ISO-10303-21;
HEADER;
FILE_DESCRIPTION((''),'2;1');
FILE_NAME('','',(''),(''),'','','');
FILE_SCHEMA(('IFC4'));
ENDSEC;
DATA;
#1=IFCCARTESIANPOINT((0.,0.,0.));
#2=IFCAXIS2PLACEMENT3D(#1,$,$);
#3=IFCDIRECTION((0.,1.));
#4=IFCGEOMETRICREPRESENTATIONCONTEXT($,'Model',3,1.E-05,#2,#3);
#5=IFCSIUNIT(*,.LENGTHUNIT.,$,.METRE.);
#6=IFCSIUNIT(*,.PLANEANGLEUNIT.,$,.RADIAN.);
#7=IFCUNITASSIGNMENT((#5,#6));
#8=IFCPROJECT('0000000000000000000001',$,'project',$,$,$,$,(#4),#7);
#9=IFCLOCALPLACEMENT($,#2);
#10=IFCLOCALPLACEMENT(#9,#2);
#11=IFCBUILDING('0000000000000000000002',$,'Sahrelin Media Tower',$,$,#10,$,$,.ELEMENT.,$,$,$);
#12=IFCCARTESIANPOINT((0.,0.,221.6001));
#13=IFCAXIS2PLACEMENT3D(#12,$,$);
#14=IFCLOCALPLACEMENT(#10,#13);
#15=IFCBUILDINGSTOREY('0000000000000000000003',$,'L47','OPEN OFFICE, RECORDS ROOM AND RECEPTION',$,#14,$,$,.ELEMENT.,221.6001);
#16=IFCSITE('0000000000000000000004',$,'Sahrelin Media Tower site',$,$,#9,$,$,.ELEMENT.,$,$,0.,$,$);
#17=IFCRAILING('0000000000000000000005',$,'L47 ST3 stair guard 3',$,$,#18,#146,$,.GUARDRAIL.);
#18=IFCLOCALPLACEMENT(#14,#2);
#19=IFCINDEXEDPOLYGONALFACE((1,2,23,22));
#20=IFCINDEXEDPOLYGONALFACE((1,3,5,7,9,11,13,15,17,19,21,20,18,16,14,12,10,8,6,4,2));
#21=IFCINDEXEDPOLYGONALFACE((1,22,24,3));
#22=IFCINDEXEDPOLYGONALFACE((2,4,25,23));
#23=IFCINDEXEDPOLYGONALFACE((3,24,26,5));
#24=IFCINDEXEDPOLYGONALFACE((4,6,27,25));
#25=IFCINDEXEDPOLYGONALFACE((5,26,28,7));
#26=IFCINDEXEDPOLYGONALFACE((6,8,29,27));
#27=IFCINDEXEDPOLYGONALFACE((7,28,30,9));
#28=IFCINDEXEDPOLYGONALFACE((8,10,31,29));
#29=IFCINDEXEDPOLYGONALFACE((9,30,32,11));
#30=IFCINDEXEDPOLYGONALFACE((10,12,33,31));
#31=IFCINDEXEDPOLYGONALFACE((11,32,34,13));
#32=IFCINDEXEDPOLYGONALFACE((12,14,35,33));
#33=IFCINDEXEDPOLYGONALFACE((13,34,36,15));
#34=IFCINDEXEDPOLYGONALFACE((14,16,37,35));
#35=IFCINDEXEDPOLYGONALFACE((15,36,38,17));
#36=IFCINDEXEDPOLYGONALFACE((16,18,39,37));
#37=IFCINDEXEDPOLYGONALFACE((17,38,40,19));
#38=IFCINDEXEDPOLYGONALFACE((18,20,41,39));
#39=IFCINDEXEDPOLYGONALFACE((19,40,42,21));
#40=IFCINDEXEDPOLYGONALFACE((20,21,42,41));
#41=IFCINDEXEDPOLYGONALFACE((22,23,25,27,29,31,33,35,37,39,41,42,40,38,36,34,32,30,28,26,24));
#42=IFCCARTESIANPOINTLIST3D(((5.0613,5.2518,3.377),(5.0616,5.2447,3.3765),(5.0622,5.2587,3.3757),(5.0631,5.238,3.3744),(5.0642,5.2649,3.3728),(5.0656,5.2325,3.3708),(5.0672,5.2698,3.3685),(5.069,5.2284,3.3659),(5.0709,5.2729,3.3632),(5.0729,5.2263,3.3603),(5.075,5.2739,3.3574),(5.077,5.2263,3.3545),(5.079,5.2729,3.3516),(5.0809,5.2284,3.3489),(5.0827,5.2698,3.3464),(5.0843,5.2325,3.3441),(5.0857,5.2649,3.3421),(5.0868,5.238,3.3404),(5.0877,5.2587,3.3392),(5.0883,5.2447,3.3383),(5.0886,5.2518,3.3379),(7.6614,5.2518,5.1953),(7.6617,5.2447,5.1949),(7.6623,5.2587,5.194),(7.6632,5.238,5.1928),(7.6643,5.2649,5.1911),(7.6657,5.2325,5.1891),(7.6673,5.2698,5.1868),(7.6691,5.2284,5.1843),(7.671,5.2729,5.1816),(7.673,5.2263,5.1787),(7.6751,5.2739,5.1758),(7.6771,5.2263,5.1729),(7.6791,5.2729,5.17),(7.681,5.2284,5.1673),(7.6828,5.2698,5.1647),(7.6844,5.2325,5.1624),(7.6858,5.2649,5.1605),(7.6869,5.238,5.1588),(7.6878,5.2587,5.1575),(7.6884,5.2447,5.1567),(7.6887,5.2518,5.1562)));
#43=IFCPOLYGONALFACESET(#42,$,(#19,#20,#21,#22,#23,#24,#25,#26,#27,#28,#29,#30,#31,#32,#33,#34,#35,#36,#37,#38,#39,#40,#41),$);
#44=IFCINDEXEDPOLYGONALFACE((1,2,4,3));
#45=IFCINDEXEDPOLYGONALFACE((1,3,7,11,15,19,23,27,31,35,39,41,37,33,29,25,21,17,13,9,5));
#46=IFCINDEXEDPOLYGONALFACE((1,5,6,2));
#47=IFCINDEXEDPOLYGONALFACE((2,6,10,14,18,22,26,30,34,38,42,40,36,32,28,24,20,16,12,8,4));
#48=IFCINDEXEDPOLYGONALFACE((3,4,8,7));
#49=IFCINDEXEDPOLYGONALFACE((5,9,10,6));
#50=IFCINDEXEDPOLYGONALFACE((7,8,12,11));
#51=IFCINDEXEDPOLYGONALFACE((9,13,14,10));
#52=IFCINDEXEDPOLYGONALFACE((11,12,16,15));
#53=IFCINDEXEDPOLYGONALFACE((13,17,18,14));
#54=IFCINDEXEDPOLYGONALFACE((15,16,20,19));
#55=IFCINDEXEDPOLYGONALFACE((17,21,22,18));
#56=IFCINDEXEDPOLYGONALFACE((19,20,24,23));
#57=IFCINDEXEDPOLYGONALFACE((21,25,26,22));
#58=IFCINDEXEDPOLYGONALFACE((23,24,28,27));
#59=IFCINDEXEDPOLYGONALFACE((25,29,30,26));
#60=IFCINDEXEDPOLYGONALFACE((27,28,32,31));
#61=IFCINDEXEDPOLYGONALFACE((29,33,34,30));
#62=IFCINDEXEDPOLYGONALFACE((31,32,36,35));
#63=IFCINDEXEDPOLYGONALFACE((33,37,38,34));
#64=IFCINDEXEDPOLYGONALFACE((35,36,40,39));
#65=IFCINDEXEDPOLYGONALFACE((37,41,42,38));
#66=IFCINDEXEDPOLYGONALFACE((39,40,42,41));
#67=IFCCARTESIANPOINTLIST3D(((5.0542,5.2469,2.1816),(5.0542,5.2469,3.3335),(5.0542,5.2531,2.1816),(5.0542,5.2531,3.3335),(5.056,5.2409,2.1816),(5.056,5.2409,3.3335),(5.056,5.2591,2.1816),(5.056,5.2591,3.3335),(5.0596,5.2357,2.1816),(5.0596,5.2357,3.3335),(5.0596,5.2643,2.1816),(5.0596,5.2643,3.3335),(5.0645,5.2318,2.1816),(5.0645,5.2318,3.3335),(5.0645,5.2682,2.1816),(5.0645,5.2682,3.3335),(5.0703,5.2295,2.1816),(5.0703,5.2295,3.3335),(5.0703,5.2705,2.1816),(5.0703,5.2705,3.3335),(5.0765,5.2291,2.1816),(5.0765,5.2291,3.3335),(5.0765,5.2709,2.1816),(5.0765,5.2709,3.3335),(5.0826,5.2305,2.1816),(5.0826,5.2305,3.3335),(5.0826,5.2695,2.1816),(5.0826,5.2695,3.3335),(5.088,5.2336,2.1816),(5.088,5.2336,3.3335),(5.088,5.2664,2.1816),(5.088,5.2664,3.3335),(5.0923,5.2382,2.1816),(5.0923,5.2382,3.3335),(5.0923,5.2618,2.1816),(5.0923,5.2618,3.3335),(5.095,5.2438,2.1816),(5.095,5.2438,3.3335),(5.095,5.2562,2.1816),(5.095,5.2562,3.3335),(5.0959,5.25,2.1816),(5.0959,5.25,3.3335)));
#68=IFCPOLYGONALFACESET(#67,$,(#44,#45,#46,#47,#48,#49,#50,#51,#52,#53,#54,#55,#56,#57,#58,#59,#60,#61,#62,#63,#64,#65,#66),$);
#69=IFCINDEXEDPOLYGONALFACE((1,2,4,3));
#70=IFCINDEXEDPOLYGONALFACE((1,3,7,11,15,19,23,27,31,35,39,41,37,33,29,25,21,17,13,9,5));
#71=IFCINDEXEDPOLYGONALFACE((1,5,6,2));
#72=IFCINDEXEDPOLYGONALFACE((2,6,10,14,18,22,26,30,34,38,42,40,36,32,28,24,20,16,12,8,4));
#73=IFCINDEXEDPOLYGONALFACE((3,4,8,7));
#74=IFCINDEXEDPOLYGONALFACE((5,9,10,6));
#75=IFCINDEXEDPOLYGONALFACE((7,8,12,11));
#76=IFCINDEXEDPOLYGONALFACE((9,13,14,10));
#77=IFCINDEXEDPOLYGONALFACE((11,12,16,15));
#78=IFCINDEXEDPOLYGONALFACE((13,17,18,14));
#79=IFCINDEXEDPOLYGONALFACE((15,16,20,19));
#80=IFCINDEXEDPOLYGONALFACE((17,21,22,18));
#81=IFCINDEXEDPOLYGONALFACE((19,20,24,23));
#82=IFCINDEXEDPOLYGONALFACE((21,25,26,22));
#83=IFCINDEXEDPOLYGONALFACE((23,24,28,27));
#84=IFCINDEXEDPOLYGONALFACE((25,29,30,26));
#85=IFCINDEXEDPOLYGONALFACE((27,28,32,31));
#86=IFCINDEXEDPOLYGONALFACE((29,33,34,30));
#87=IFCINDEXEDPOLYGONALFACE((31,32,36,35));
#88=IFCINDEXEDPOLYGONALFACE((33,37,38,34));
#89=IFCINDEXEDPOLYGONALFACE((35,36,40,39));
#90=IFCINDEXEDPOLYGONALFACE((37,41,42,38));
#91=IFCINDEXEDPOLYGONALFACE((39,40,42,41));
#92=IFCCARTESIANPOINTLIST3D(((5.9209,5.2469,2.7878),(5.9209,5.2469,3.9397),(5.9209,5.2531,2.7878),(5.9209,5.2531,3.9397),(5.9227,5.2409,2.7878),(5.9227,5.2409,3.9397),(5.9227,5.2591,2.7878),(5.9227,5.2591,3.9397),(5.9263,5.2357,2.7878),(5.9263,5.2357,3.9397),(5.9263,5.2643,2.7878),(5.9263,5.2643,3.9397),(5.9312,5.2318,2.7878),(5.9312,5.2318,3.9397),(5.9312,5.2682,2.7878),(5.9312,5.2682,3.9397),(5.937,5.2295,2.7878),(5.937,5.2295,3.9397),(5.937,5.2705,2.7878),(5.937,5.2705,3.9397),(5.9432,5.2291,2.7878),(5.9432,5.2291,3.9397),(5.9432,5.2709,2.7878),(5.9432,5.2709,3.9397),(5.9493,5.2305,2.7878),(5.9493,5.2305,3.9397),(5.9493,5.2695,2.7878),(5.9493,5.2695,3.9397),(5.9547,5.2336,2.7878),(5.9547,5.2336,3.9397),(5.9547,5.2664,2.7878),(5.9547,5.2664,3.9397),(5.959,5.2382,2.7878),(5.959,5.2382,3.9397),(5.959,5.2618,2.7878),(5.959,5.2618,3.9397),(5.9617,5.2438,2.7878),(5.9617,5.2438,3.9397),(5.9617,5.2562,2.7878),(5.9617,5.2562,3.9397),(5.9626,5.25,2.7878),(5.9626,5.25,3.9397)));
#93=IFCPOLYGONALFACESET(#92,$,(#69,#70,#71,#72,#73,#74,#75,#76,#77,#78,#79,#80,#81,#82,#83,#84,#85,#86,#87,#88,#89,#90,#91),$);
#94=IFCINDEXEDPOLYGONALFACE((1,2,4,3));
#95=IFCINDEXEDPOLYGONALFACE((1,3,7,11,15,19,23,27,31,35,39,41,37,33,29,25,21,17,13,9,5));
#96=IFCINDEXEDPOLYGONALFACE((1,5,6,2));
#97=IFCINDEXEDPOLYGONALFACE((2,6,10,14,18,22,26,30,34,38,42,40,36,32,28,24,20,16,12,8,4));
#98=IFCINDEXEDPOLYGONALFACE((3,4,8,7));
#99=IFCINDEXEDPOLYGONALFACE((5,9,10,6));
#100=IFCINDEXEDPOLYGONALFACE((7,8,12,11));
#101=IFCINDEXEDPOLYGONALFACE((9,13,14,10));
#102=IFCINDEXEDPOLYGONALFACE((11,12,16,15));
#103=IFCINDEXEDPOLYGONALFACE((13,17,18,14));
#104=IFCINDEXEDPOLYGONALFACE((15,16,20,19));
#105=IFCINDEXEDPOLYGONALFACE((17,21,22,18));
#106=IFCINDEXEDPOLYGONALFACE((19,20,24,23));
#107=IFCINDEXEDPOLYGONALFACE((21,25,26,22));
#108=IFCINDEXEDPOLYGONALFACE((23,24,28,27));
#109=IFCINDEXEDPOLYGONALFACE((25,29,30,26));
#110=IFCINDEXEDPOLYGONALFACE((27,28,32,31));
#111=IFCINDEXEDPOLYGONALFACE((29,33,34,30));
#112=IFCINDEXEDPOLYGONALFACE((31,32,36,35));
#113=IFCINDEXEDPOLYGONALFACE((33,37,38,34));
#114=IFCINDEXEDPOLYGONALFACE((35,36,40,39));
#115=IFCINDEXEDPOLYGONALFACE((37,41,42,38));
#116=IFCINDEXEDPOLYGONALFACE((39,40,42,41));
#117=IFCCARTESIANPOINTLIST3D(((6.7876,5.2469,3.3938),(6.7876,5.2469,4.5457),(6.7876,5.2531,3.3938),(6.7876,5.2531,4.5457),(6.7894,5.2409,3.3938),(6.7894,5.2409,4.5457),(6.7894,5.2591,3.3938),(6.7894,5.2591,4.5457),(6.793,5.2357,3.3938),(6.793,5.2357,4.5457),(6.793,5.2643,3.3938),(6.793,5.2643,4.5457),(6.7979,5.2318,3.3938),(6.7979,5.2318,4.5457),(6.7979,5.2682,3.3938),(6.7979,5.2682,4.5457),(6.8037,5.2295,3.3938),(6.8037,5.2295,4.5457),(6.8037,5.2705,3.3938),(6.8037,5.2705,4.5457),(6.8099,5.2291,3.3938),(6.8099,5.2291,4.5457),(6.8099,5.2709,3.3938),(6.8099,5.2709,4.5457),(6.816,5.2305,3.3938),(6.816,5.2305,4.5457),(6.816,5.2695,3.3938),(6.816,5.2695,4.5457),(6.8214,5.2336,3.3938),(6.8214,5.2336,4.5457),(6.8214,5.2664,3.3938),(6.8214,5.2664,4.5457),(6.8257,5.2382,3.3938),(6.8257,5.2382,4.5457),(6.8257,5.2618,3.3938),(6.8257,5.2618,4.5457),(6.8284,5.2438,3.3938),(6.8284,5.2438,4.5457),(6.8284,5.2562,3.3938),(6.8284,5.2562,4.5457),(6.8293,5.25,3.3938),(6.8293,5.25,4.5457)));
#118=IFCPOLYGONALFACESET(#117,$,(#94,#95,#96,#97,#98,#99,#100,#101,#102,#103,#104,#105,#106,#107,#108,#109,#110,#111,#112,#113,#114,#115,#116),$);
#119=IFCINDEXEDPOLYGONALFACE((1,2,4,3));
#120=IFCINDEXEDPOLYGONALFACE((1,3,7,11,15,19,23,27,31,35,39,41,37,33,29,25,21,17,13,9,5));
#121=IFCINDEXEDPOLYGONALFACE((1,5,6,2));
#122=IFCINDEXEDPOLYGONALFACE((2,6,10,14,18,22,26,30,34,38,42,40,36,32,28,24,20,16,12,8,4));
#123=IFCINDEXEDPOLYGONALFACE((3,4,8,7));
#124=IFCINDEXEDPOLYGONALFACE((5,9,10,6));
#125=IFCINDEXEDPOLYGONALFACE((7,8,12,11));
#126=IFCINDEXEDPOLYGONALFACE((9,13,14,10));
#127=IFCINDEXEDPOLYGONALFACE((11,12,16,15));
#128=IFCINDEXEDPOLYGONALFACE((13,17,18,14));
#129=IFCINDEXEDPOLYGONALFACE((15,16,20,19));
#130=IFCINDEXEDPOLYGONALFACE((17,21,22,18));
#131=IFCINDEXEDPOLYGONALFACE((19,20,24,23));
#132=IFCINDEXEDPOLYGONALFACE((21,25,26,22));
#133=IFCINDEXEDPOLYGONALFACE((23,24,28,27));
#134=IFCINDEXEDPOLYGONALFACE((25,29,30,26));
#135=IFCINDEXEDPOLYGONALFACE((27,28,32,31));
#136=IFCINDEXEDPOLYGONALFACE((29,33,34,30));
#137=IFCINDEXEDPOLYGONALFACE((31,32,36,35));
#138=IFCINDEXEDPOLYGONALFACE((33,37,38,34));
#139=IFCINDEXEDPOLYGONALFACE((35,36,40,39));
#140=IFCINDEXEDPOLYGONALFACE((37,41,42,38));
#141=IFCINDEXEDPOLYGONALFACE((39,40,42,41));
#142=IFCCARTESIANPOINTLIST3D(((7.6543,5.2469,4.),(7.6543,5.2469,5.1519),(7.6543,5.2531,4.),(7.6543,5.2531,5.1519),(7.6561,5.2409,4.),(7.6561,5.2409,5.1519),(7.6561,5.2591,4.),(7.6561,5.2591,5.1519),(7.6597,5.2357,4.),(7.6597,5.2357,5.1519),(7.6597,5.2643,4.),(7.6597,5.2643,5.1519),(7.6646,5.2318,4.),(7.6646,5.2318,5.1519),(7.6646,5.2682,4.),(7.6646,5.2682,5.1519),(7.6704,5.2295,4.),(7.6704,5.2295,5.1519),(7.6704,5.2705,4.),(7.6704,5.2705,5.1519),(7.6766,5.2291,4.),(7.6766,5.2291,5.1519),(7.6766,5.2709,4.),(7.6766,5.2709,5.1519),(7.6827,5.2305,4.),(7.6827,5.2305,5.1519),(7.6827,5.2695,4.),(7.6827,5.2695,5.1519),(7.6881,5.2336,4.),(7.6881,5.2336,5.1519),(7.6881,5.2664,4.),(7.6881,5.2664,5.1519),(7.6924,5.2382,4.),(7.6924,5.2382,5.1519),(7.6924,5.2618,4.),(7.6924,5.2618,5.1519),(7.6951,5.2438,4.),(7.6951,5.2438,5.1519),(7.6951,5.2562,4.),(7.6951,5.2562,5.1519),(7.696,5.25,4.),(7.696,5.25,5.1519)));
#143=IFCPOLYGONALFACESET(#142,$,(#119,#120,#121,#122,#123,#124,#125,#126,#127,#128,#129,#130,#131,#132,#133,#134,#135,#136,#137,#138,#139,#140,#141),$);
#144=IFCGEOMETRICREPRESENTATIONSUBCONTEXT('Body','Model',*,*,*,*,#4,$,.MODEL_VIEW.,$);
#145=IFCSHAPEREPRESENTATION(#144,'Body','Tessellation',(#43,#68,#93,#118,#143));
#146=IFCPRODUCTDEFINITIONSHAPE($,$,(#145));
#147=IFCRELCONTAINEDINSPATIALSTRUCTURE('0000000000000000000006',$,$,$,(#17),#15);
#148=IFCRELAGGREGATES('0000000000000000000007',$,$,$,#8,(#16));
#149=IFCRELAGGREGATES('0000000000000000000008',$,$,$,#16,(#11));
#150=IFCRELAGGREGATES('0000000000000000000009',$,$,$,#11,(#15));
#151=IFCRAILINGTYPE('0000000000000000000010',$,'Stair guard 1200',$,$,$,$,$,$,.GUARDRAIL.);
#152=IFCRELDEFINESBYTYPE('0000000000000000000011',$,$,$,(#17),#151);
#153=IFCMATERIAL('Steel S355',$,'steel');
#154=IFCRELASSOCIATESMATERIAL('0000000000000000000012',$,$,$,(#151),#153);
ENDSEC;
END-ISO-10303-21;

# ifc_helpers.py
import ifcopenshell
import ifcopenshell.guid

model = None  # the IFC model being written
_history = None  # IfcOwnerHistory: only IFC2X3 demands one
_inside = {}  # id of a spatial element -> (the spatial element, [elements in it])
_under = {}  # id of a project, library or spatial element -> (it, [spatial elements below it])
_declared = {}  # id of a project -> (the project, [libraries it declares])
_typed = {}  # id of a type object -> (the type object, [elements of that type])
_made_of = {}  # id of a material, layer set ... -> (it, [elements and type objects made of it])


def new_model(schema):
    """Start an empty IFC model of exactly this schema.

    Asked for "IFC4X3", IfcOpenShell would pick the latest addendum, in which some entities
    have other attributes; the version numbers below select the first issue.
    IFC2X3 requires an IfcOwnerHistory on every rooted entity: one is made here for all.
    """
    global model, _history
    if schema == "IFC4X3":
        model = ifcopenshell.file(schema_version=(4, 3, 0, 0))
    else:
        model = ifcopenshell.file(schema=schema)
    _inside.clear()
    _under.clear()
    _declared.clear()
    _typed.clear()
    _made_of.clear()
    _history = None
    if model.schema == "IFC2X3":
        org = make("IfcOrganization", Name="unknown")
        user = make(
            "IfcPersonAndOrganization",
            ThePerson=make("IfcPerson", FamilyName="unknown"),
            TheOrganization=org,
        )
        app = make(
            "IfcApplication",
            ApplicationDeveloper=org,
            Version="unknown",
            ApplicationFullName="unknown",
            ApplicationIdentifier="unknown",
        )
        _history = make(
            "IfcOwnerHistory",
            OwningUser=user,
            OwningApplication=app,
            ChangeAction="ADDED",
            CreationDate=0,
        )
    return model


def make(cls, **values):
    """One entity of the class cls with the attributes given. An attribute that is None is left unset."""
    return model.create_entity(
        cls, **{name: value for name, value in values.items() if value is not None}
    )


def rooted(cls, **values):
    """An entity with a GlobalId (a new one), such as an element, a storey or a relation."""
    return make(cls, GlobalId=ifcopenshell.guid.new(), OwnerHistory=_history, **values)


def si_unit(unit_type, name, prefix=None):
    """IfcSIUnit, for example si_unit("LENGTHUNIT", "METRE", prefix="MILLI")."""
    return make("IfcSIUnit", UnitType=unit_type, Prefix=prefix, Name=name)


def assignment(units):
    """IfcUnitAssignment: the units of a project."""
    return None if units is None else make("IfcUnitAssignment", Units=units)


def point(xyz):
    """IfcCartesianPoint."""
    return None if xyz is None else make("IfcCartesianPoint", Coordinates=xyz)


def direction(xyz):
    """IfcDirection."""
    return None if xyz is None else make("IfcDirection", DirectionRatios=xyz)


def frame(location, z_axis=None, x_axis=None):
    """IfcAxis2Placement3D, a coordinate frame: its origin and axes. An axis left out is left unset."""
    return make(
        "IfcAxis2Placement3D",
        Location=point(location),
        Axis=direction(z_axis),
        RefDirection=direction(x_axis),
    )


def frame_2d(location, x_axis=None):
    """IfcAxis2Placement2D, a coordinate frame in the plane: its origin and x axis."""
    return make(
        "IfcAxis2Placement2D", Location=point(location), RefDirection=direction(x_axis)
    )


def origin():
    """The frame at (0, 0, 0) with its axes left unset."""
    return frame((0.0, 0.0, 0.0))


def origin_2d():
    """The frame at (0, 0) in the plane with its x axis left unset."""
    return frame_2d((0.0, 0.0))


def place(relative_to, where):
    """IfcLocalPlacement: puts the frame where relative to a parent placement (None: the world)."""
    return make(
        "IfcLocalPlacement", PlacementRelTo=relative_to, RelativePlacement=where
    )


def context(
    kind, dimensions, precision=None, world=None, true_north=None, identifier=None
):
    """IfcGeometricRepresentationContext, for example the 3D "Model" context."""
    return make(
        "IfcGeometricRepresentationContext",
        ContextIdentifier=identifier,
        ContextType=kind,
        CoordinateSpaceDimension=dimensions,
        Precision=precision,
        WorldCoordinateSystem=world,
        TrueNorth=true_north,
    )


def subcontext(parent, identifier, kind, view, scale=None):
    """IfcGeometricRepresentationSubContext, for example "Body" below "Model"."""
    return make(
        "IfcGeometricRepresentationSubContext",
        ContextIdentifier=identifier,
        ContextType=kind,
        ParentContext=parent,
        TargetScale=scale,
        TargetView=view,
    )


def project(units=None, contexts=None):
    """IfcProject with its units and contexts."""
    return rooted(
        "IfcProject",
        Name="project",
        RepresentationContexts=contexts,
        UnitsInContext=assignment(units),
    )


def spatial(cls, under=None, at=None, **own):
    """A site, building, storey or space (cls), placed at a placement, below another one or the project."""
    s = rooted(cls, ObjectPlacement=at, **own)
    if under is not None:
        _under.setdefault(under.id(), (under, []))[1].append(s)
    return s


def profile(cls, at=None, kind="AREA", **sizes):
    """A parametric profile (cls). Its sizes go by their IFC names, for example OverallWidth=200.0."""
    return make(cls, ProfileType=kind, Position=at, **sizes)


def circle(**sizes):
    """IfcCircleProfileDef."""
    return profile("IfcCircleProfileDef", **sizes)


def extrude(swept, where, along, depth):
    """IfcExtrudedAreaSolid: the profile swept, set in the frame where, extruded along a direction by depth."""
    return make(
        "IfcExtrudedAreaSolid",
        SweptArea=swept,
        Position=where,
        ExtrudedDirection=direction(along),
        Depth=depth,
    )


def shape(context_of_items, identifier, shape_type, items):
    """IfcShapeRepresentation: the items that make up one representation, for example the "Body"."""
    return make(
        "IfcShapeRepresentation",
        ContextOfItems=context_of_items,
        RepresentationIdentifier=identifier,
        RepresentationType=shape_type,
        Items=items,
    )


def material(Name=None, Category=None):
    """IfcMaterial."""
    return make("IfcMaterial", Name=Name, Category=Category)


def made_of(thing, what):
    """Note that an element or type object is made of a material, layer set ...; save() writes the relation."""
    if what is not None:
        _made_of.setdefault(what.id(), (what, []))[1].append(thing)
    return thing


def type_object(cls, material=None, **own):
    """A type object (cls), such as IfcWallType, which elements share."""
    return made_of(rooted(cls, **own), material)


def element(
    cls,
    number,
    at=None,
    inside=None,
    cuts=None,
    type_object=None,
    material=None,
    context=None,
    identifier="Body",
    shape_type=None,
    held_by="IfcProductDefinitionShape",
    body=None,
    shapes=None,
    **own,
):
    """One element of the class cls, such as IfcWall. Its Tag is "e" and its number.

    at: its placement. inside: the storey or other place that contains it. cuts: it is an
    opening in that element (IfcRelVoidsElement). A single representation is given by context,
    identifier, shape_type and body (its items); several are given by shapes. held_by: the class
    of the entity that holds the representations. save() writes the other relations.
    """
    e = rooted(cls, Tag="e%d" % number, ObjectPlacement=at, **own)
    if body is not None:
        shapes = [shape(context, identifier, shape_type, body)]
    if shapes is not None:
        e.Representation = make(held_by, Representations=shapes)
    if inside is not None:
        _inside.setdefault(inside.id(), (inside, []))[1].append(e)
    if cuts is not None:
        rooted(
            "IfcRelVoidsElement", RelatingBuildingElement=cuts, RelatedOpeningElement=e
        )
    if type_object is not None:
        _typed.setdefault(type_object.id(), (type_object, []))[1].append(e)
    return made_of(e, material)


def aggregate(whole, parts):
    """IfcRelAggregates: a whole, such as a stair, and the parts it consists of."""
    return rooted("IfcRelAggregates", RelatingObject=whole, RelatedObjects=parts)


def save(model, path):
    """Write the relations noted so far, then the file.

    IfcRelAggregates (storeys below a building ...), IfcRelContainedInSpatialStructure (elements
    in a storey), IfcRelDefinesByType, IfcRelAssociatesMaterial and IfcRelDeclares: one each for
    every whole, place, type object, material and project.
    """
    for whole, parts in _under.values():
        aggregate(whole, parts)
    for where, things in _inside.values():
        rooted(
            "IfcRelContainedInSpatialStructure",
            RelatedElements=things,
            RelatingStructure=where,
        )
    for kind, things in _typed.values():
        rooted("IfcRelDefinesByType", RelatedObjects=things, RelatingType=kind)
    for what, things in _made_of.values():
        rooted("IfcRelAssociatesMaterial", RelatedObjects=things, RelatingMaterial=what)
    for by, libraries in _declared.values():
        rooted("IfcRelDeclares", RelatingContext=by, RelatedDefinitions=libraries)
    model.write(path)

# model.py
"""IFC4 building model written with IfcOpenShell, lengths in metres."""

from ifc_helpers import new_model, si_unit, direction, frame, origin, origin_2d, place, context, subcontext, project, spatial, circle, extrude, material, type_object, element, save


model = new_model("IFC4")

# Units and contexts
model_context = context("Model", 3, precision=1e-05, world=origin(), true_north=direction((0.0, 1.0)))
body_context = subcontext(model_context, "Body", "Model", "MODEL_VIEW")
ifc_project = project(units=[si_unit("LENGTHUNIT", "METRE"), si_unit("PLANEANGLEUNIT", "RADIAN")], contexts=[model_context])

# Site, building, storey
site_placement = place(None, origin())
site = spatial("IfcSite", under=ifc_project, at=site_placement, Name="Sahrelin Media Tower site", CompositionType="ELEMENT", RefElevation=0.0)
building_placement = place(site_placement, origin())
building = spatial("IfcBuilding", under=site, at=building_placement, Name="Sahrelin Media Tower", CompositionType="ELEMENT")
storey_placement = place(building_placement, frame((0.0, 0.0, 221.6001)))
storey = spatial("IfcBuildingStorey", under=building, at=storey_placement, Name="L47", Description="OPEN OFFICE, RECORDS ROOM AND RECEPTION", CompositionType="ELEMENT", Elevation=221.6001)

# Shared definitions
ifc_material_1 = material(Name="Steel S355", Category="steel")

# Railing
railing_type_1 = type_object("IfcRailingType", Name="Stair guard 1200", PredefinedType="GUARDRAIL", material=ifc_material_1)
railing_1_placement = place(storey_placement, frame((5.075, 5.25, 2.1816)))
element("IfcRailing", 1, at=railing_1_placement, inside=storey, type_object=railing_type_1, Name="L47 ST3 stair guard 3", PredefinedType="GUARDRAIL", context=body_context, shape_type="SweptSolid", body=[
    extrude(circle(Radius=0.0239, at=origin_2d()), frame((0.0, 0.0, 1.1758), z_axis=(0.819485, 0.0, 0.573101), x_axis=(0.0, 1.0, 0.0)), (0.0, 0.0, 1.0), 3.1729),
    extrude(circle(Radius=0.021, at=origin_2d()), origin(), (0.0, 0.0, 1.0), 1.1519),
    extrude(circle(Radius=0.021, at=origin_2d()), frame((0.8667, 0.0, 0.6062)), (0.0, 0.0, 1.0), 1.1519),
    extrude(circle(Radius=0.021, at=origin_2d()), frame((1.7334, 0.0, 1.2122)), (0.0, 0.0, 1.0), 1.1519),
    extrude(circle(Radius=0.021, at=origin_2d()), frame((2.6001, 0.0, 1.8184)), (0.0, 0.0, 1.0), 1.1519),
])

save(model, "model.ifc")
